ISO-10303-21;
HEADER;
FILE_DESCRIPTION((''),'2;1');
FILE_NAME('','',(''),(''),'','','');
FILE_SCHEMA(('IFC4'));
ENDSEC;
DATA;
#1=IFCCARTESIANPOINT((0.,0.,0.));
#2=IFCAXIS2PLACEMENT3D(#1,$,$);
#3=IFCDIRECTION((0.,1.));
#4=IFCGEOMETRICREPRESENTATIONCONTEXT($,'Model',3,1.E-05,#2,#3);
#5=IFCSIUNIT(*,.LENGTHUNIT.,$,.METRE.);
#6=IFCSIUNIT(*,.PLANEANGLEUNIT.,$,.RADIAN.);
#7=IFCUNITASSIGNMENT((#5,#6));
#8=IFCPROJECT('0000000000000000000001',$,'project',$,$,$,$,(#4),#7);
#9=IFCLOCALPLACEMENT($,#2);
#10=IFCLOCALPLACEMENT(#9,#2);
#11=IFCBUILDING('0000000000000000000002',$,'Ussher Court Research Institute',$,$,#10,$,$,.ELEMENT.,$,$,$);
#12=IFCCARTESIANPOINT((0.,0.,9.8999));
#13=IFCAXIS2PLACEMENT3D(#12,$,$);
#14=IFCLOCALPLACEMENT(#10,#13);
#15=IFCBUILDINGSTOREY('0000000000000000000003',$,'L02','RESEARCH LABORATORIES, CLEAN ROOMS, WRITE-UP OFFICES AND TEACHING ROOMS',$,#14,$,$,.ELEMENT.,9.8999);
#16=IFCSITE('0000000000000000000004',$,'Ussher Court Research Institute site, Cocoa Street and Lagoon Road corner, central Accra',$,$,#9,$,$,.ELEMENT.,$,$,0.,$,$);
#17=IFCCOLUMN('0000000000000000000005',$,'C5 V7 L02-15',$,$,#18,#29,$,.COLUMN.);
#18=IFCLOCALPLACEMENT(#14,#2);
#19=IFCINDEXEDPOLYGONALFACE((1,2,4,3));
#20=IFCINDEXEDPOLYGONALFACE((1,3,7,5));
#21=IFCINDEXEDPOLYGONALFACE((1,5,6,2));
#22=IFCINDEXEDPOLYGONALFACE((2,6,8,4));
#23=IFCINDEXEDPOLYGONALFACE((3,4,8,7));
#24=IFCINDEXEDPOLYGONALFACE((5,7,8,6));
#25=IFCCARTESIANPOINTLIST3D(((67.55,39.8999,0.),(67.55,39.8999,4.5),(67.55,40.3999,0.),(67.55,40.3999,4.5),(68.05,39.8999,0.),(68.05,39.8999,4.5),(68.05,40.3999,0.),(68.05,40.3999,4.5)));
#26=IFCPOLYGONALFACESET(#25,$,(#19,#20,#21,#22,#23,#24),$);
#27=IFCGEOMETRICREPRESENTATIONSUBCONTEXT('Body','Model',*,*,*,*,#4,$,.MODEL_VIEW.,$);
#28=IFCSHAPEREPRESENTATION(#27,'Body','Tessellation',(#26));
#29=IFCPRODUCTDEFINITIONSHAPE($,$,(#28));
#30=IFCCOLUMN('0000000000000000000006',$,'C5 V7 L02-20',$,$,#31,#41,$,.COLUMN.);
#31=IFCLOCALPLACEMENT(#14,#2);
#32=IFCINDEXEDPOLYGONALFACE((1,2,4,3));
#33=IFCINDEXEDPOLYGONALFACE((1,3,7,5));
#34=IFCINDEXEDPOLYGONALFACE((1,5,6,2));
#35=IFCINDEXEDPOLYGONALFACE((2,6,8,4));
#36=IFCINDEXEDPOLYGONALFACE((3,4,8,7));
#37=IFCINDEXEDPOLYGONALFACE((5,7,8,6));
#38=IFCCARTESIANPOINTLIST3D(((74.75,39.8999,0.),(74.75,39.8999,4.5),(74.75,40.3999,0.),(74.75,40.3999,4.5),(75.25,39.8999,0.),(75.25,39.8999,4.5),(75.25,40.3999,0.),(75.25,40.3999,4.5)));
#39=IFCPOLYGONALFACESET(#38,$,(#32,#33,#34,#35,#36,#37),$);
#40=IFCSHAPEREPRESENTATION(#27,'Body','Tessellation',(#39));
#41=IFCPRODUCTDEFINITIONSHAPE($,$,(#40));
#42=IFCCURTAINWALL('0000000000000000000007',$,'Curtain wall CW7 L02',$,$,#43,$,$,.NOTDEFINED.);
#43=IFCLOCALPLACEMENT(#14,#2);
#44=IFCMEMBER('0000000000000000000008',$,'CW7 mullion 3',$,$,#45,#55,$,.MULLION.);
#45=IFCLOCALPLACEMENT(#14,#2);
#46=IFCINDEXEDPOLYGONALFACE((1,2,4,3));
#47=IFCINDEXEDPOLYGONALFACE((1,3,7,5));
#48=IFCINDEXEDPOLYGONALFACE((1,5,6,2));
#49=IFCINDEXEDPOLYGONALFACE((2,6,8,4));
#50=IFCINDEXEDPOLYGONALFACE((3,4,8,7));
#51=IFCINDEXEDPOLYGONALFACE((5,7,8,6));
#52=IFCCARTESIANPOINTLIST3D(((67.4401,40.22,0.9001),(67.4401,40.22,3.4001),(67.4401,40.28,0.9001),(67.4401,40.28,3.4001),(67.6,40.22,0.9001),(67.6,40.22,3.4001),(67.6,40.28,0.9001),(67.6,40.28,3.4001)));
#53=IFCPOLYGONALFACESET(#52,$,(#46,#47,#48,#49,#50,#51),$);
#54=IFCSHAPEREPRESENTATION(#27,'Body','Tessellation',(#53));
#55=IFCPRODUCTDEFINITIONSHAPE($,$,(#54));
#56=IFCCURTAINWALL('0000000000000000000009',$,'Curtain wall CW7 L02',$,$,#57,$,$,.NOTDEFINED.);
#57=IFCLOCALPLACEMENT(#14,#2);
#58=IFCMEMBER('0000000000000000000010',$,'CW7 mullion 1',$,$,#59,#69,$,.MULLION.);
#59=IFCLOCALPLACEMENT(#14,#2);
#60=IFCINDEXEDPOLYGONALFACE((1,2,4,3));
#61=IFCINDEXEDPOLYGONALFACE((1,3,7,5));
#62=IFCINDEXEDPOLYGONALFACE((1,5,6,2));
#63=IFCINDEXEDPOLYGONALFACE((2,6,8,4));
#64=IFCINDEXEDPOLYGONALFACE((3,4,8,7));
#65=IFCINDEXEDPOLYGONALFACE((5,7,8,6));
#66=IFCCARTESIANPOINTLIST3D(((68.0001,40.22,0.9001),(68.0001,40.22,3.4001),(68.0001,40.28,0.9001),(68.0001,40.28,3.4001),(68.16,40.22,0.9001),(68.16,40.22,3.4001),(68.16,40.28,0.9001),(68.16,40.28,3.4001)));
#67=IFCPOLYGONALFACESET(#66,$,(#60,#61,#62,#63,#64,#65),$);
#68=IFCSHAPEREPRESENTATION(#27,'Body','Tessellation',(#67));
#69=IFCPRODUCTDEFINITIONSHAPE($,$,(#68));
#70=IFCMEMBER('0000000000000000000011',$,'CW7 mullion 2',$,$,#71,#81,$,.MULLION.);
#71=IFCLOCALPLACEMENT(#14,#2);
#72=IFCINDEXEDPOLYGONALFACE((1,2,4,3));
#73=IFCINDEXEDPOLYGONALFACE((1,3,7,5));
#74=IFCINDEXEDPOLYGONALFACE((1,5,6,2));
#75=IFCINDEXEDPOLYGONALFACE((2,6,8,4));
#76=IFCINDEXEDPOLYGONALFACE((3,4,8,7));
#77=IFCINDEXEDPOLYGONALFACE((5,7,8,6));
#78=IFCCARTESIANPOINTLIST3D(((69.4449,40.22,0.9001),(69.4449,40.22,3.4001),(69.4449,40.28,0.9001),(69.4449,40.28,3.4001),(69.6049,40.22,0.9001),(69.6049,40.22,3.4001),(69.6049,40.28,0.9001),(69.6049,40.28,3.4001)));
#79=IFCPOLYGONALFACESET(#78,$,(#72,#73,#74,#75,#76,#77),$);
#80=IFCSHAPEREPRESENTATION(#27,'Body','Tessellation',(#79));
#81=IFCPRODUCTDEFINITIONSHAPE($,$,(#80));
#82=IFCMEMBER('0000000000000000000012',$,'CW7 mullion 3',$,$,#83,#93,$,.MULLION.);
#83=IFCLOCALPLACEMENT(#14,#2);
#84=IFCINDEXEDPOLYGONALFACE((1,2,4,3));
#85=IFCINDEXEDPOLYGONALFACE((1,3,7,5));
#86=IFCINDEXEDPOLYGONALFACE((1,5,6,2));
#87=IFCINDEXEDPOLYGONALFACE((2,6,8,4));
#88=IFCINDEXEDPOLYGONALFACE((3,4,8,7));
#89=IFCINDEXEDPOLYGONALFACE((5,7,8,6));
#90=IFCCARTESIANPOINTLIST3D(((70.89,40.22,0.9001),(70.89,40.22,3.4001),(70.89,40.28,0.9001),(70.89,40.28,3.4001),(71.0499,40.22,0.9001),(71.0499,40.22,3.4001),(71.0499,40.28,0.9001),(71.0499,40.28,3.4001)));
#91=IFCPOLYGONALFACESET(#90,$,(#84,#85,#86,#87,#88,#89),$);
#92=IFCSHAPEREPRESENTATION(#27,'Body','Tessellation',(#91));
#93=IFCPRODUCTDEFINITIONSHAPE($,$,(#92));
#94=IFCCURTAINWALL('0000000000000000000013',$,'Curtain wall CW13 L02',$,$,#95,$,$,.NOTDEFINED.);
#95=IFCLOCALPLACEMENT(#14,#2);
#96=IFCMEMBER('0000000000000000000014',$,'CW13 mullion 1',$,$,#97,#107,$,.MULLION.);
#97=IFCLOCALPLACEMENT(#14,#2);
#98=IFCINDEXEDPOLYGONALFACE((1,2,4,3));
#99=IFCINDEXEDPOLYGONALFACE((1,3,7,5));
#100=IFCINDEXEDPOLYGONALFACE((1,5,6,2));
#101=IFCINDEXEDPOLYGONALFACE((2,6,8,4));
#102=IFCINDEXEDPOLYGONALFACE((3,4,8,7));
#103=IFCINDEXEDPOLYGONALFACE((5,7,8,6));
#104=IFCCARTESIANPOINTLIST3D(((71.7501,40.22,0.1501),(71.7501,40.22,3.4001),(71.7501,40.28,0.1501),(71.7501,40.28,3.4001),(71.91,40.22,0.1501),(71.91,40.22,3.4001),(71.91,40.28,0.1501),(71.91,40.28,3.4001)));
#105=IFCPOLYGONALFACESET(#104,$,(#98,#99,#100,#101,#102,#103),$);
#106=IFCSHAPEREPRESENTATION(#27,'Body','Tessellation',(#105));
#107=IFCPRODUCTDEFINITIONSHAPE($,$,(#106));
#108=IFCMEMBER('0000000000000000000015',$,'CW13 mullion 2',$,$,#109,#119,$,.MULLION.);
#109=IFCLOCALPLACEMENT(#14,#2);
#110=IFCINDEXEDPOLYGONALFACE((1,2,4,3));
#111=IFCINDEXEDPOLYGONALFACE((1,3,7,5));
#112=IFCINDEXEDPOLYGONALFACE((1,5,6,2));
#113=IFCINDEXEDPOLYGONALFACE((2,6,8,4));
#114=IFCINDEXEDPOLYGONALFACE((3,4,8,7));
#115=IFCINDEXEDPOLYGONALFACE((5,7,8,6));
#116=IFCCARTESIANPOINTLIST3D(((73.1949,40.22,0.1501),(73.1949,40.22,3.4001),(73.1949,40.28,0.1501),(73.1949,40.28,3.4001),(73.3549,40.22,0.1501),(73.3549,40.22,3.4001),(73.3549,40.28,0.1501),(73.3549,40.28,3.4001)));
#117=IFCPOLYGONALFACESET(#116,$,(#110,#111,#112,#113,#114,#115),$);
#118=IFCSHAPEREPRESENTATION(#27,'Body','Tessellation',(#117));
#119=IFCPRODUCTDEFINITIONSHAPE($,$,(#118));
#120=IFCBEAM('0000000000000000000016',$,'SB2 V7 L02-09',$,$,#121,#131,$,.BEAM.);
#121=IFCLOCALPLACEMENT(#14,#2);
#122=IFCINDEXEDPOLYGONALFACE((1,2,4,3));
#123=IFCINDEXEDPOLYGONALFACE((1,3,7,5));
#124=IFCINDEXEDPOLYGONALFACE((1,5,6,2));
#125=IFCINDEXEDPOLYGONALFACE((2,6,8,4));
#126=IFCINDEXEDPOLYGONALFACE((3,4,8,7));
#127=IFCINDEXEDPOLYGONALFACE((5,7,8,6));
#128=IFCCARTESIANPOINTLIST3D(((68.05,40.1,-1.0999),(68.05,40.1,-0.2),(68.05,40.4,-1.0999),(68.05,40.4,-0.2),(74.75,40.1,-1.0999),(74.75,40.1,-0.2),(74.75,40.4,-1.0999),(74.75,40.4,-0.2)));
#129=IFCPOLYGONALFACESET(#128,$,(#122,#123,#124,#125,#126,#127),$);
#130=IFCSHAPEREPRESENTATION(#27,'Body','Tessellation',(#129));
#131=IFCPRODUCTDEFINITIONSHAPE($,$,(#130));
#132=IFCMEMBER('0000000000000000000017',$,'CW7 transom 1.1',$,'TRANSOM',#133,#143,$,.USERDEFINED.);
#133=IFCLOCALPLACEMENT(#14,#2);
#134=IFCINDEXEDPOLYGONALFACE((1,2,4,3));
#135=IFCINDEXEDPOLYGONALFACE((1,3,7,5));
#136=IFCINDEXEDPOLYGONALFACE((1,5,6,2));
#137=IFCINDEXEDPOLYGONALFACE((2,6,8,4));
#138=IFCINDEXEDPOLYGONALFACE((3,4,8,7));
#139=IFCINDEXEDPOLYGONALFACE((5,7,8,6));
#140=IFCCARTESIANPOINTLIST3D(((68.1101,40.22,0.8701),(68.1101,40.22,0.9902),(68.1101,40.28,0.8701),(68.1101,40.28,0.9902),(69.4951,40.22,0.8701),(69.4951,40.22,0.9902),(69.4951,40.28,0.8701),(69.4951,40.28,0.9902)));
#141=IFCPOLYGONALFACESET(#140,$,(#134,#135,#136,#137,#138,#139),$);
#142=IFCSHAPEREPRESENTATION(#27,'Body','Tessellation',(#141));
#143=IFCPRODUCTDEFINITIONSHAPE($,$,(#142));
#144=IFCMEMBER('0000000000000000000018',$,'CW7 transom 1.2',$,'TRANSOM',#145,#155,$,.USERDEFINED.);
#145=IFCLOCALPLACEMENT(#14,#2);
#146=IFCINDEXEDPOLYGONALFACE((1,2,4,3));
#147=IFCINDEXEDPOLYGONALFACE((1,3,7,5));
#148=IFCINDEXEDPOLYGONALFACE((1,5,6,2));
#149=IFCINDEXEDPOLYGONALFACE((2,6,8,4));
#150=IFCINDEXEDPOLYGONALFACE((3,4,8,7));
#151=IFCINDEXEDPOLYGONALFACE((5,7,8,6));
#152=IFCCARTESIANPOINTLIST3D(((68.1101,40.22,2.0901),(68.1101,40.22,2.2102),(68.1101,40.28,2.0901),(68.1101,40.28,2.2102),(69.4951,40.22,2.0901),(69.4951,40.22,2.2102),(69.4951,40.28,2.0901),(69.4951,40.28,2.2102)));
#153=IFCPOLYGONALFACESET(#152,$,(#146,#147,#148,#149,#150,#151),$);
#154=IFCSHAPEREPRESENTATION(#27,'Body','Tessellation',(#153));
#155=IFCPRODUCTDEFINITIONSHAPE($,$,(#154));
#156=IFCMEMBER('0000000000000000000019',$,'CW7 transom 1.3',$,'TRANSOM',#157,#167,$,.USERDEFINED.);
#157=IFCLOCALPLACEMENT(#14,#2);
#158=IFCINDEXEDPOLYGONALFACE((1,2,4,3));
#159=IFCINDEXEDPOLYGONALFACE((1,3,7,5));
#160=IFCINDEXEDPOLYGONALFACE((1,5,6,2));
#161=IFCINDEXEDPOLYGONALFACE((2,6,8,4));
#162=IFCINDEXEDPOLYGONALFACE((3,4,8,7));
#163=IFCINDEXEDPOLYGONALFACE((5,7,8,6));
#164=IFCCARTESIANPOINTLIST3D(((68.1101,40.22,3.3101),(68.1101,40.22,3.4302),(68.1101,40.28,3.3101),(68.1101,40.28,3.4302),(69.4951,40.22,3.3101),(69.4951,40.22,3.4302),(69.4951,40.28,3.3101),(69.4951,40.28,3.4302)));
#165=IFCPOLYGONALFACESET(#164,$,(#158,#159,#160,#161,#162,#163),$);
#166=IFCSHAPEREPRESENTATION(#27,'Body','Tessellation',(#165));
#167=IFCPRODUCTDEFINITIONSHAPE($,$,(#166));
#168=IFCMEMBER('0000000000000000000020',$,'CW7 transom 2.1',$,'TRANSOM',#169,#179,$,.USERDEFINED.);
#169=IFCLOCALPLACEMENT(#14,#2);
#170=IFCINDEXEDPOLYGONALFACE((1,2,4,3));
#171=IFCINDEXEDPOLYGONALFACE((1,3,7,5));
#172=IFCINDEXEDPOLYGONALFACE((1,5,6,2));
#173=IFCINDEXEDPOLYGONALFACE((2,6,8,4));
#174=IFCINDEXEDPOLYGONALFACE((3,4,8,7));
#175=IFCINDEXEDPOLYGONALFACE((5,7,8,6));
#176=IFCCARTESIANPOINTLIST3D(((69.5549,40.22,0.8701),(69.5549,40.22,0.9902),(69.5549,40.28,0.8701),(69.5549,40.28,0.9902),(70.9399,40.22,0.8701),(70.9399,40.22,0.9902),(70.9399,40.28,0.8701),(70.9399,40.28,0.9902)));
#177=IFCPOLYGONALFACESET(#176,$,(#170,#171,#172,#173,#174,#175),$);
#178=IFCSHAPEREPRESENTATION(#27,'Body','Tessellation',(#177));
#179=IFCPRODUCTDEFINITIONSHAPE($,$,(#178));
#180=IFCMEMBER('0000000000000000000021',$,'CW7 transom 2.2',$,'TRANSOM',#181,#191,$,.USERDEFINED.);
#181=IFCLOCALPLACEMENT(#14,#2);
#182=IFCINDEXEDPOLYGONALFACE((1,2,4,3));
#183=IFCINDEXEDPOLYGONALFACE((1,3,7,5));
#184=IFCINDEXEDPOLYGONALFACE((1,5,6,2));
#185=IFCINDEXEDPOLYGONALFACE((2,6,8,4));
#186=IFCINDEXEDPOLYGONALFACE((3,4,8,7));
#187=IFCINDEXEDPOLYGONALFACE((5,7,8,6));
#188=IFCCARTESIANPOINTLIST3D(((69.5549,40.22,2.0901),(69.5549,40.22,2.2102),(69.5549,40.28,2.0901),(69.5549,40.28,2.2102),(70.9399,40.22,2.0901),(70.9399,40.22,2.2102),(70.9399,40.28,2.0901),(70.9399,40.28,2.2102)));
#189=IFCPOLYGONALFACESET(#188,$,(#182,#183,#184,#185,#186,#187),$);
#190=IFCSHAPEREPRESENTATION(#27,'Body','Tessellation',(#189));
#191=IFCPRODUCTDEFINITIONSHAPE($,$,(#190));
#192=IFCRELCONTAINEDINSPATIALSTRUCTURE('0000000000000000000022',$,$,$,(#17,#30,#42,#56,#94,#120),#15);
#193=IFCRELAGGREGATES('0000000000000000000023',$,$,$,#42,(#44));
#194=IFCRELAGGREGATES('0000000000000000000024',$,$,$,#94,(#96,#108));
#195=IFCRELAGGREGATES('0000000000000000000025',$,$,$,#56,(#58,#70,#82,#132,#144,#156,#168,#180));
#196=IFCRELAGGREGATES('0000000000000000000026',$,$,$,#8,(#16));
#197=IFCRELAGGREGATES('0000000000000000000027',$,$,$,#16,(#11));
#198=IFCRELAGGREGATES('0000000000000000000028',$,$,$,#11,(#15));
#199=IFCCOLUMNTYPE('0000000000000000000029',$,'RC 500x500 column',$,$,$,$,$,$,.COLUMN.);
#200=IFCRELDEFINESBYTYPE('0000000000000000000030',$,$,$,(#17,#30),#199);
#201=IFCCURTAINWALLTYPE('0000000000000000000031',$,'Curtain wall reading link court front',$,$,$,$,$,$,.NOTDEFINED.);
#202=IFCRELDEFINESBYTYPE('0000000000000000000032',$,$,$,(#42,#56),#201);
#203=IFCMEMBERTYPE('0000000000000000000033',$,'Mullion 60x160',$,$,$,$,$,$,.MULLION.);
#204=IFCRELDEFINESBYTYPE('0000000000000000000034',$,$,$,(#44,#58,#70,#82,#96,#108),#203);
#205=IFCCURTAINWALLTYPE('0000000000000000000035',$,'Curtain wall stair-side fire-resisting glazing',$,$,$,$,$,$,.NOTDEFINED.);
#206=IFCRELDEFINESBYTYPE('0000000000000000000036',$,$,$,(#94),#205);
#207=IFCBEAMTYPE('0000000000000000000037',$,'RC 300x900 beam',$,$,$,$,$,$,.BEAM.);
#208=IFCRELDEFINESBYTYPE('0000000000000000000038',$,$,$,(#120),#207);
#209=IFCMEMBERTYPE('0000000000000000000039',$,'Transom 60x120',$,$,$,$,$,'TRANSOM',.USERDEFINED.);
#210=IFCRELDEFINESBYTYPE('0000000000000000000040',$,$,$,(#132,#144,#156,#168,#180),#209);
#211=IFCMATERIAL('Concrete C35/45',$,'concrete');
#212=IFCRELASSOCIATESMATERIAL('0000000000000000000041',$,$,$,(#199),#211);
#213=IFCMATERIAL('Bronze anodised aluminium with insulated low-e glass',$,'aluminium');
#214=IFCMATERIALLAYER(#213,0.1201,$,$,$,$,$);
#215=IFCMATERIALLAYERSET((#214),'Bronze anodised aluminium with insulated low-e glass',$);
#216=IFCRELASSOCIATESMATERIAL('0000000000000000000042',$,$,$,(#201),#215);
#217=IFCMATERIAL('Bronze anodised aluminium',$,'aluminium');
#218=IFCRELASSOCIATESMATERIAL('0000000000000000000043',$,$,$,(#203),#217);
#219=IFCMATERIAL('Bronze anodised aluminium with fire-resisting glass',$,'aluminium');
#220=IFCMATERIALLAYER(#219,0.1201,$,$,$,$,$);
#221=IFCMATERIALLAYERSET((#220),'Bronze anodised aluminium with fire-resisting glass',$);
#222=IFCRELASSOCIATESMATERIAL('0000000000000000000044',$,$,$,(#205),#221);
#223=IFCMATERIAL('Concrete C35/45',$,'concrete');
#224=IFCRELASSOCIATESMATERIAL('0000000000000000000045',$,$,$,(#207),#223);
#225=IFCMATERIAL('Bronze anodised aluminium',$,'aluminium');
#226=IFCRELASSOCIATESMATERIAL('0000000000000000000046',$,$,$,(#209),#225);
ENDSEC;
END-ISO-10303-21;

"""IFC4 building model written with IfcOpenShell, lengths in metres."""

from ifc_helpers import new_model, si_unit, direction, frame, origin, origin_2d, place, context, subcontext, project, spatial, rectangle, extrude, material, layer, layer_set, material_profile, profile_set, type_object, element, aggregate, save


model = new_model("IFC4")

# Units and contexts
model_context = context("Model", 3, precision=1e-05, world=origin(), true_north=direction((0.0, 1.0)))
body_context = subcontext(model_context, "Body", "Model", "MODEL_VIEW")
ifc_project = project(units=[si_unit("LENGTHUNIT", "METRE"), si_unit("PLANEANGLEUNIT", "RADIAN")], contexts=[model_context])

# Site, building, storey
site_placement = place(None, origin())
site = spatial("IfcSite", under=ifc_project, at=site_placement, Name="Ussher Court Research Institute site, Cocoa Street and Lagoon Road corner, central Accra", CompositionType="ELEMENT", RefElevation=0.0)
building_placement = place(site_placement, origin())
building = spatial("IfcBuilding", under=site, at=building_placement, Name="Ussher Court Research Institute", CompositionType="ELEMENT")
storey_placement = place(building_placement, frame((0.0, 0.0, 9.8999)))
storey = spatial("IfcBuildingStorey", under=building, at=storey_placement, Name="L02", Description="RESEARCH LABORATORIES, CLEAN ROOMS, WRITE-UP OFFICES AND TEACHING ROOMS", CompositionType="ELEMENT", Elevation=9.8999)

# Columns
ifc_material_1 = material(Name="Concrete C35/45", Category="concrete")
ifc_material_profile_1 = material_profile(ifc_material_1, rectangle(XDim=0.5, YDim=0.5, at=origin_2d()), Name="RC 500x500")
ifc_profile_set_1 = profile_set([ifc_material_profile_1], Name="Concrete C35/45")
column_type = type_object("IfcColumnType", Name="RC 500x500 column", PredefinedType="COLUMN", material=ifc_profile_set_1)
for number, where, z_axis, x_axis, name in (
    (1, (67.8, 40.1499, 0.0), (0.0, 0.0, 1.0), (1.0, 0.0, 0.0), "C5 V7 L02-15"),
    (2, (75.0, 40.1499, 0.0), (0.0, 0.0, 1.0), (1.0, 0.0, 0.0), "C5 V7 L02-20"),
):
    element("IfcColumn", number, at=place(storey_placement, frame(where, z_axis=z_axis, x_axis=x_axis)), inside=storey, type_object=column_type, Name=name, PredefinedType="COLUMN", context=body_context, shape_type="SweptSolid", body=[
        extrude(rectangle(XDim=0.5, YDim=0.5, at=origin_2d()), origin(), (0.0, 0.0, 1.0), 4.5),
    ])

# Curtain wall, member
ifc_material_2 = material(Name="Bronze anodised aluminium with insulated low-e glass", Category="aluminium")
ifc_layer_1 = layer(ifc_material_2, 0.1201)
ifc_layer_set_1 = layer_set([ifc_layer_1], Name="Bronze anodised aluminium with insulated low-e glass")
curtain_wall_type_1 = type_object("IfcCurtainWallType", Name="Curtain wall reading link court front", PredefinedType="NOTDEFINED", material=ifc_layer_set_1)
curtain_wall_1_placement = place(storey_placement, origin())
curtain_wall_1 = element("IfcCurtainWall", 3, at=curtain_wall_1_placement, inside=storey, type_object=curtain_wall_type_1, Name="Curtain wall CW7 L02", PredefinedType="NOTDEFINED")
ifc_material_3 = material(Name="Bronze anodised aluminium", Category="aluminium")
ifc_material_profile_2 = material_profile(ifc_material_3, rectangle(XDim=0.0601, YDim=0.1599, at=origin_2d()), Name="Mullion 60x160")
ifc_profile_set_2 = profile_set([ifc_material_profile_2], Name="Bronze anodised aluminium")
member_type_1 = type_object("IfcMemberType", Name="Mullion 60x160", PredefinedType="MULLION", material=ifc_profile_set_2)
member_1_placement = place(storey_placement, frame((67.52, 40.25, 0.9001), z_axis=(0.0, 0.0, 1.0), x_axis=(0.0, 1.0, 0.0)))
member_1 = element("IfcMember", 4, at=member_1_placement, type_object=member_type_1, Name="CW7 mullion 3", PredefinedType="MULLION", context=body_context, shape_type="SweptSolid", body=[
    extrude(rectangle(XDim=0.0601, YDim=0.1599, at=origin_2d()), origin(), (0.0, 0.0, 1.0), 2.5),
])
aggregate(curtain_wall_1, [member_1])

# Curtain walls, members
curtain_wall_2_placement = place(storey_placement, origin())
curtain_wall_2 = element("IfcCurtainWall", 5, at=curtain_wall_2_placement, inside=storey, type_object=curtain_wall_type_1, Name="Curtain wall CW7 L02", PredefinedType="NOTDEFINED")
member_2_placement = place(storey_placement, frame((68.0801, 40.25, 0.9001), z_axis=(0.0, 0.0, 1.0), x_axis=(0.0, 1.0, 0.0)))
member_2 = element("IfcMember", 6, at=member_2_placement, type_object=member_type_1, Name="CW7 mullion 1", PredefinedType="MULLION", context=body_context, shape_type="SweptSolid", body=[
    extrude(rectangle(XDim=0.0601, YDim=0.1599, at=origin_2d()), origin(), (0.0, 0.0, 1.0), 2.5),
])
member_3_placement = place(storey_placement, frame((69.5249, 40.25, 0.9001), z_axis=(0.0, 0.0, 1.0), x_axis=(0.0, 1.0, 0.0)))
member_3 = element("IfcMember", 7, at=member_3_placement, type_object=member_type_1, Name="CW7 mullion 2", PredefinedType="MULLION", context=body_context, shape_type="SweptSolid", body=[
    extrude(rectangle(XDim=0.0601, YDim=0.1599, at=origin_2d()), origin(), (0.0, 0.0, 1.0), 2.5),
])
member_4_placement = place(storey_placement, frame((70.97, 40.25, 0.9001), z_axis=(0.0, 0.0, 1.0), x_axis=(0.0, 1.0, 0.0)))
member_4 = element("IfcMember", 8, at=member_4_placement, type_object=member_type_1, Name="CW7 mullion 3", PredefinedType="MULLION", context=body_context, shape_type="SweptSolid", body=[
    extrude(rectangle(XDim=0.0601, YDim=0.1599, at=origin_2d()), origin(), (0.0, 0.0, 1.0), 2.5),
])
ifc_material_4 = material(Name="Bronze anodised aluminium with fire-resisting glass", Category="aluminium")
ifc_layer_2 = layer(ifc_material_4, 0.1201)
ifc_layer_set_2 = layer_set([ifc_layer_2], Name="Bronze anodised aluminium with fire-resisting glass")
curtain_wall_type_2 = type_object("IfcCurtainWallType", Name="Curtain wall stair-side fire-resisting glazing", PredefinedType="NOTDEFINED", material=ifc_layer_set_2)
curtain_wall_3_placement = place(storey_placement, origin())
curtain_wall_3 = element("IfcCurtainWall", 9, at=curtain_wall_3_placement, inside=storey, type_object=curtain_wall_type_2, Name="Curtain wall CW13 L02", PredefinedType="NOTDEFINED")
member_5_placement = place(storey_placement, frame((71.8301, 40.25, 0.1501), z_axis=(0.0, 0.0, 1.0), x_axis=(0.0, 1.0, 0.0)))
member_5 = element("IfcMember", 10, at=member_5_placement, type_object=member_type_1, Name="CW13 mullion 1", PredefinedType="MULLION", context=body_context, shape_type="SweptSolid", body=[
    extrude(rectangle(XDim=0.0601, YDim=0.1599, at=origin_2d()), origin(), (0.0, 0.0, 1.0), 3.25),
])
member_6_placement = place(storey_placement, frame((73.2749, 40.25, 0.1501), z_axis=(0.0, 0.0, 1.0), x_axis=(0.0, 1.0, 0.0)))
member_6 = element("IfcMember", 11, at=member_6_placement, type_object=member_type_1, Name="CW13 mullion 2", PredefinedType="MULLION", context=body_context, shape_type="SweptSolid", body=[
    extrude(rectangle(XDim=0.0601, YDim=0.1599, at=origin_2d()), origin(), (0.0, 0.0, 1.0), 3.25),
])

# Beam
ifc_material_5 = material(Name="Concrete C35/45", Category="concrete")
ifc_material_profile_3 = material_profile(ifc_material_5, rectangle(XDim=0.3, YDim=0.8999, at=origin_2d()), Name="RC 300x900")
ifc_profile_set_3 = profile_set([ifc_material_profile_3], Name="Concrete C35/45")
beam_type = type_object("IfcBeamType", Name="RC 300x900 beam", PredefinedType="BEAM", material=ifc_profile_set_3)
beam_placement = place(storey_placement, frame((68.05, 40.25, -0.6499), z_axis=(1.0, 0.0, 0.0), x_axis=(0.0, 1.0, 0.0)))
element("IfcBeam", 12, at=beam_placement, inside=storey, type_object=beam_type, Name="SB2 V7 L02-09", PredefinedType="BEAM", context=body_context, shape_type="SweptSolid", body=[
    extrude(rectangle(XDim=0.3, YDim=0.8999, at=origin_2d()), origin(), (0.0, 0.0, 1.0), 6.7),
])

# Members
ifc_material_6 = material(Name="Bronze anodised aluminium", Category="aluminium")
ifc_material_profile_4 = material_profile(ifc_material_6, rectangle(XDim=0.0601, YDim=0.1201, at=origin_2d()), Name="Transom 60x120")
ifc_profile_set_4 = profile_set([ifc_material_profile_4], Name="Bronze anodised aluminium")
member_type_2 = type_object("IfcMemberType", Name="Transom 60x120", ElementType="TRANSOM", PredefinedType="USERDEFINED", material=ifc_profile_set_4)
member_7_placement = place(storey_placement, frame((68.1101, 40.25, 0.9302), z_axis=(1.0, 0.0, 0.0), x_axis=(0.0, 1.0, 0.0)))
member_7 = element("IfcMember", 13, at=member_7_placement, type_object=member_type_2, Name="CW7 transom 1.1", ObjectType="TRANSOM", PredefinedType="USERDEFINED", context=body_context, shape_type="SweptSolid", body=[
    extrude(rectangle(XDim=0.0601, YDim=0.1201, at=origin_2d()), origin(), (0.0, 0.0, 1.0), 1.385),
])
member_8_placement = place(storey_placement, frame((68.1101, 40.25, 2.1501), z_axis=(1.0, 0.0, 0.0), x_axis=(0.0, 1.0, 0.0)))
member_8 = element("IfcMember", 14, at=member_8_placement, type_object=member_type_2, Name="CW7 transom 1.2", ObjectType="TRANSOM", PredefinedType="USERDEFINED", context=body_context, shape_type="SweptSolid", body=[
    extrude(rectangle(XDim=0.0601, YDim=0.1201, at=origin_2d()), origin(), (0.0, 0.0, 1.0), 1.385),
])
member_9_placement = place(storey_placement, frame((68.1101, 40.25, 3.3701), z_axis=(1.0, 0.0, 0.0), x_axis=(0.0, 1.0, 0.0)))
member_9 = element("IfcMember", 15, at=member_9_placement, type_object=member_type_2, Name="CW7 transom 1.3", ObjectType="TRANSOM", PredefinedType="USERDEFINED", context=body_context, shape_type="SweptSolid", body=[
    extrude(rectangle(XDim=0.0601, YDim=0.1201, at=origin_2d()), origin(), (0.0, 0.0, 1.0), 1.385),
])
member_10_placement = place(storey_placement, frame((69.5549, 40.25, 0.9302), z_axis=(1.0, 0.0, 0.0), x_axis=(0.0, 1.0, 0.0)))
member_10 = element("IfcMember", 16, at=member_10_placement, type_object=member_type_2, Name="CW7 transom 2.1", ObjectType="TRANSOM", PredefinedType="USERDEFINED", context=body_context, shape_type="SweptSolid", body=[
    extrude(rectangle(XDim=0.0601, YDim=0.1201, at=origin_2d()), origin(), (0.0, 0.0, 1.0), 1.385),
])
member_11_placement = place(storey_placement, frame((69.5549, 40.25, 2.1501), z_axis=(1.0, 0.0, 0.0), x_axis=(0.0, 1.0, 0.0)))
member_11 = element("IfcMember", 17, at=member_11_placement, type_object=member_type_2, Name="CW7 transom 2.2", ObjectType="TRANSOM", PredefinedType="USERDEFINED", context=body_context, shape_type="SweptSolid", body=[
    extrude(rectangle(XDim=0.0601, YDim=0.1201, at=origin_2d()), origin(), (0.0, 0.0, 1.0), 1.385),
])

aggregate(curtain_wall_3, [member_5, member_6])
aggregate(curtain_wall_2, [member_2, member_3, member_4, member_7, member_8, member_9, member_10, member_11])

save(model, "model.ifc")
